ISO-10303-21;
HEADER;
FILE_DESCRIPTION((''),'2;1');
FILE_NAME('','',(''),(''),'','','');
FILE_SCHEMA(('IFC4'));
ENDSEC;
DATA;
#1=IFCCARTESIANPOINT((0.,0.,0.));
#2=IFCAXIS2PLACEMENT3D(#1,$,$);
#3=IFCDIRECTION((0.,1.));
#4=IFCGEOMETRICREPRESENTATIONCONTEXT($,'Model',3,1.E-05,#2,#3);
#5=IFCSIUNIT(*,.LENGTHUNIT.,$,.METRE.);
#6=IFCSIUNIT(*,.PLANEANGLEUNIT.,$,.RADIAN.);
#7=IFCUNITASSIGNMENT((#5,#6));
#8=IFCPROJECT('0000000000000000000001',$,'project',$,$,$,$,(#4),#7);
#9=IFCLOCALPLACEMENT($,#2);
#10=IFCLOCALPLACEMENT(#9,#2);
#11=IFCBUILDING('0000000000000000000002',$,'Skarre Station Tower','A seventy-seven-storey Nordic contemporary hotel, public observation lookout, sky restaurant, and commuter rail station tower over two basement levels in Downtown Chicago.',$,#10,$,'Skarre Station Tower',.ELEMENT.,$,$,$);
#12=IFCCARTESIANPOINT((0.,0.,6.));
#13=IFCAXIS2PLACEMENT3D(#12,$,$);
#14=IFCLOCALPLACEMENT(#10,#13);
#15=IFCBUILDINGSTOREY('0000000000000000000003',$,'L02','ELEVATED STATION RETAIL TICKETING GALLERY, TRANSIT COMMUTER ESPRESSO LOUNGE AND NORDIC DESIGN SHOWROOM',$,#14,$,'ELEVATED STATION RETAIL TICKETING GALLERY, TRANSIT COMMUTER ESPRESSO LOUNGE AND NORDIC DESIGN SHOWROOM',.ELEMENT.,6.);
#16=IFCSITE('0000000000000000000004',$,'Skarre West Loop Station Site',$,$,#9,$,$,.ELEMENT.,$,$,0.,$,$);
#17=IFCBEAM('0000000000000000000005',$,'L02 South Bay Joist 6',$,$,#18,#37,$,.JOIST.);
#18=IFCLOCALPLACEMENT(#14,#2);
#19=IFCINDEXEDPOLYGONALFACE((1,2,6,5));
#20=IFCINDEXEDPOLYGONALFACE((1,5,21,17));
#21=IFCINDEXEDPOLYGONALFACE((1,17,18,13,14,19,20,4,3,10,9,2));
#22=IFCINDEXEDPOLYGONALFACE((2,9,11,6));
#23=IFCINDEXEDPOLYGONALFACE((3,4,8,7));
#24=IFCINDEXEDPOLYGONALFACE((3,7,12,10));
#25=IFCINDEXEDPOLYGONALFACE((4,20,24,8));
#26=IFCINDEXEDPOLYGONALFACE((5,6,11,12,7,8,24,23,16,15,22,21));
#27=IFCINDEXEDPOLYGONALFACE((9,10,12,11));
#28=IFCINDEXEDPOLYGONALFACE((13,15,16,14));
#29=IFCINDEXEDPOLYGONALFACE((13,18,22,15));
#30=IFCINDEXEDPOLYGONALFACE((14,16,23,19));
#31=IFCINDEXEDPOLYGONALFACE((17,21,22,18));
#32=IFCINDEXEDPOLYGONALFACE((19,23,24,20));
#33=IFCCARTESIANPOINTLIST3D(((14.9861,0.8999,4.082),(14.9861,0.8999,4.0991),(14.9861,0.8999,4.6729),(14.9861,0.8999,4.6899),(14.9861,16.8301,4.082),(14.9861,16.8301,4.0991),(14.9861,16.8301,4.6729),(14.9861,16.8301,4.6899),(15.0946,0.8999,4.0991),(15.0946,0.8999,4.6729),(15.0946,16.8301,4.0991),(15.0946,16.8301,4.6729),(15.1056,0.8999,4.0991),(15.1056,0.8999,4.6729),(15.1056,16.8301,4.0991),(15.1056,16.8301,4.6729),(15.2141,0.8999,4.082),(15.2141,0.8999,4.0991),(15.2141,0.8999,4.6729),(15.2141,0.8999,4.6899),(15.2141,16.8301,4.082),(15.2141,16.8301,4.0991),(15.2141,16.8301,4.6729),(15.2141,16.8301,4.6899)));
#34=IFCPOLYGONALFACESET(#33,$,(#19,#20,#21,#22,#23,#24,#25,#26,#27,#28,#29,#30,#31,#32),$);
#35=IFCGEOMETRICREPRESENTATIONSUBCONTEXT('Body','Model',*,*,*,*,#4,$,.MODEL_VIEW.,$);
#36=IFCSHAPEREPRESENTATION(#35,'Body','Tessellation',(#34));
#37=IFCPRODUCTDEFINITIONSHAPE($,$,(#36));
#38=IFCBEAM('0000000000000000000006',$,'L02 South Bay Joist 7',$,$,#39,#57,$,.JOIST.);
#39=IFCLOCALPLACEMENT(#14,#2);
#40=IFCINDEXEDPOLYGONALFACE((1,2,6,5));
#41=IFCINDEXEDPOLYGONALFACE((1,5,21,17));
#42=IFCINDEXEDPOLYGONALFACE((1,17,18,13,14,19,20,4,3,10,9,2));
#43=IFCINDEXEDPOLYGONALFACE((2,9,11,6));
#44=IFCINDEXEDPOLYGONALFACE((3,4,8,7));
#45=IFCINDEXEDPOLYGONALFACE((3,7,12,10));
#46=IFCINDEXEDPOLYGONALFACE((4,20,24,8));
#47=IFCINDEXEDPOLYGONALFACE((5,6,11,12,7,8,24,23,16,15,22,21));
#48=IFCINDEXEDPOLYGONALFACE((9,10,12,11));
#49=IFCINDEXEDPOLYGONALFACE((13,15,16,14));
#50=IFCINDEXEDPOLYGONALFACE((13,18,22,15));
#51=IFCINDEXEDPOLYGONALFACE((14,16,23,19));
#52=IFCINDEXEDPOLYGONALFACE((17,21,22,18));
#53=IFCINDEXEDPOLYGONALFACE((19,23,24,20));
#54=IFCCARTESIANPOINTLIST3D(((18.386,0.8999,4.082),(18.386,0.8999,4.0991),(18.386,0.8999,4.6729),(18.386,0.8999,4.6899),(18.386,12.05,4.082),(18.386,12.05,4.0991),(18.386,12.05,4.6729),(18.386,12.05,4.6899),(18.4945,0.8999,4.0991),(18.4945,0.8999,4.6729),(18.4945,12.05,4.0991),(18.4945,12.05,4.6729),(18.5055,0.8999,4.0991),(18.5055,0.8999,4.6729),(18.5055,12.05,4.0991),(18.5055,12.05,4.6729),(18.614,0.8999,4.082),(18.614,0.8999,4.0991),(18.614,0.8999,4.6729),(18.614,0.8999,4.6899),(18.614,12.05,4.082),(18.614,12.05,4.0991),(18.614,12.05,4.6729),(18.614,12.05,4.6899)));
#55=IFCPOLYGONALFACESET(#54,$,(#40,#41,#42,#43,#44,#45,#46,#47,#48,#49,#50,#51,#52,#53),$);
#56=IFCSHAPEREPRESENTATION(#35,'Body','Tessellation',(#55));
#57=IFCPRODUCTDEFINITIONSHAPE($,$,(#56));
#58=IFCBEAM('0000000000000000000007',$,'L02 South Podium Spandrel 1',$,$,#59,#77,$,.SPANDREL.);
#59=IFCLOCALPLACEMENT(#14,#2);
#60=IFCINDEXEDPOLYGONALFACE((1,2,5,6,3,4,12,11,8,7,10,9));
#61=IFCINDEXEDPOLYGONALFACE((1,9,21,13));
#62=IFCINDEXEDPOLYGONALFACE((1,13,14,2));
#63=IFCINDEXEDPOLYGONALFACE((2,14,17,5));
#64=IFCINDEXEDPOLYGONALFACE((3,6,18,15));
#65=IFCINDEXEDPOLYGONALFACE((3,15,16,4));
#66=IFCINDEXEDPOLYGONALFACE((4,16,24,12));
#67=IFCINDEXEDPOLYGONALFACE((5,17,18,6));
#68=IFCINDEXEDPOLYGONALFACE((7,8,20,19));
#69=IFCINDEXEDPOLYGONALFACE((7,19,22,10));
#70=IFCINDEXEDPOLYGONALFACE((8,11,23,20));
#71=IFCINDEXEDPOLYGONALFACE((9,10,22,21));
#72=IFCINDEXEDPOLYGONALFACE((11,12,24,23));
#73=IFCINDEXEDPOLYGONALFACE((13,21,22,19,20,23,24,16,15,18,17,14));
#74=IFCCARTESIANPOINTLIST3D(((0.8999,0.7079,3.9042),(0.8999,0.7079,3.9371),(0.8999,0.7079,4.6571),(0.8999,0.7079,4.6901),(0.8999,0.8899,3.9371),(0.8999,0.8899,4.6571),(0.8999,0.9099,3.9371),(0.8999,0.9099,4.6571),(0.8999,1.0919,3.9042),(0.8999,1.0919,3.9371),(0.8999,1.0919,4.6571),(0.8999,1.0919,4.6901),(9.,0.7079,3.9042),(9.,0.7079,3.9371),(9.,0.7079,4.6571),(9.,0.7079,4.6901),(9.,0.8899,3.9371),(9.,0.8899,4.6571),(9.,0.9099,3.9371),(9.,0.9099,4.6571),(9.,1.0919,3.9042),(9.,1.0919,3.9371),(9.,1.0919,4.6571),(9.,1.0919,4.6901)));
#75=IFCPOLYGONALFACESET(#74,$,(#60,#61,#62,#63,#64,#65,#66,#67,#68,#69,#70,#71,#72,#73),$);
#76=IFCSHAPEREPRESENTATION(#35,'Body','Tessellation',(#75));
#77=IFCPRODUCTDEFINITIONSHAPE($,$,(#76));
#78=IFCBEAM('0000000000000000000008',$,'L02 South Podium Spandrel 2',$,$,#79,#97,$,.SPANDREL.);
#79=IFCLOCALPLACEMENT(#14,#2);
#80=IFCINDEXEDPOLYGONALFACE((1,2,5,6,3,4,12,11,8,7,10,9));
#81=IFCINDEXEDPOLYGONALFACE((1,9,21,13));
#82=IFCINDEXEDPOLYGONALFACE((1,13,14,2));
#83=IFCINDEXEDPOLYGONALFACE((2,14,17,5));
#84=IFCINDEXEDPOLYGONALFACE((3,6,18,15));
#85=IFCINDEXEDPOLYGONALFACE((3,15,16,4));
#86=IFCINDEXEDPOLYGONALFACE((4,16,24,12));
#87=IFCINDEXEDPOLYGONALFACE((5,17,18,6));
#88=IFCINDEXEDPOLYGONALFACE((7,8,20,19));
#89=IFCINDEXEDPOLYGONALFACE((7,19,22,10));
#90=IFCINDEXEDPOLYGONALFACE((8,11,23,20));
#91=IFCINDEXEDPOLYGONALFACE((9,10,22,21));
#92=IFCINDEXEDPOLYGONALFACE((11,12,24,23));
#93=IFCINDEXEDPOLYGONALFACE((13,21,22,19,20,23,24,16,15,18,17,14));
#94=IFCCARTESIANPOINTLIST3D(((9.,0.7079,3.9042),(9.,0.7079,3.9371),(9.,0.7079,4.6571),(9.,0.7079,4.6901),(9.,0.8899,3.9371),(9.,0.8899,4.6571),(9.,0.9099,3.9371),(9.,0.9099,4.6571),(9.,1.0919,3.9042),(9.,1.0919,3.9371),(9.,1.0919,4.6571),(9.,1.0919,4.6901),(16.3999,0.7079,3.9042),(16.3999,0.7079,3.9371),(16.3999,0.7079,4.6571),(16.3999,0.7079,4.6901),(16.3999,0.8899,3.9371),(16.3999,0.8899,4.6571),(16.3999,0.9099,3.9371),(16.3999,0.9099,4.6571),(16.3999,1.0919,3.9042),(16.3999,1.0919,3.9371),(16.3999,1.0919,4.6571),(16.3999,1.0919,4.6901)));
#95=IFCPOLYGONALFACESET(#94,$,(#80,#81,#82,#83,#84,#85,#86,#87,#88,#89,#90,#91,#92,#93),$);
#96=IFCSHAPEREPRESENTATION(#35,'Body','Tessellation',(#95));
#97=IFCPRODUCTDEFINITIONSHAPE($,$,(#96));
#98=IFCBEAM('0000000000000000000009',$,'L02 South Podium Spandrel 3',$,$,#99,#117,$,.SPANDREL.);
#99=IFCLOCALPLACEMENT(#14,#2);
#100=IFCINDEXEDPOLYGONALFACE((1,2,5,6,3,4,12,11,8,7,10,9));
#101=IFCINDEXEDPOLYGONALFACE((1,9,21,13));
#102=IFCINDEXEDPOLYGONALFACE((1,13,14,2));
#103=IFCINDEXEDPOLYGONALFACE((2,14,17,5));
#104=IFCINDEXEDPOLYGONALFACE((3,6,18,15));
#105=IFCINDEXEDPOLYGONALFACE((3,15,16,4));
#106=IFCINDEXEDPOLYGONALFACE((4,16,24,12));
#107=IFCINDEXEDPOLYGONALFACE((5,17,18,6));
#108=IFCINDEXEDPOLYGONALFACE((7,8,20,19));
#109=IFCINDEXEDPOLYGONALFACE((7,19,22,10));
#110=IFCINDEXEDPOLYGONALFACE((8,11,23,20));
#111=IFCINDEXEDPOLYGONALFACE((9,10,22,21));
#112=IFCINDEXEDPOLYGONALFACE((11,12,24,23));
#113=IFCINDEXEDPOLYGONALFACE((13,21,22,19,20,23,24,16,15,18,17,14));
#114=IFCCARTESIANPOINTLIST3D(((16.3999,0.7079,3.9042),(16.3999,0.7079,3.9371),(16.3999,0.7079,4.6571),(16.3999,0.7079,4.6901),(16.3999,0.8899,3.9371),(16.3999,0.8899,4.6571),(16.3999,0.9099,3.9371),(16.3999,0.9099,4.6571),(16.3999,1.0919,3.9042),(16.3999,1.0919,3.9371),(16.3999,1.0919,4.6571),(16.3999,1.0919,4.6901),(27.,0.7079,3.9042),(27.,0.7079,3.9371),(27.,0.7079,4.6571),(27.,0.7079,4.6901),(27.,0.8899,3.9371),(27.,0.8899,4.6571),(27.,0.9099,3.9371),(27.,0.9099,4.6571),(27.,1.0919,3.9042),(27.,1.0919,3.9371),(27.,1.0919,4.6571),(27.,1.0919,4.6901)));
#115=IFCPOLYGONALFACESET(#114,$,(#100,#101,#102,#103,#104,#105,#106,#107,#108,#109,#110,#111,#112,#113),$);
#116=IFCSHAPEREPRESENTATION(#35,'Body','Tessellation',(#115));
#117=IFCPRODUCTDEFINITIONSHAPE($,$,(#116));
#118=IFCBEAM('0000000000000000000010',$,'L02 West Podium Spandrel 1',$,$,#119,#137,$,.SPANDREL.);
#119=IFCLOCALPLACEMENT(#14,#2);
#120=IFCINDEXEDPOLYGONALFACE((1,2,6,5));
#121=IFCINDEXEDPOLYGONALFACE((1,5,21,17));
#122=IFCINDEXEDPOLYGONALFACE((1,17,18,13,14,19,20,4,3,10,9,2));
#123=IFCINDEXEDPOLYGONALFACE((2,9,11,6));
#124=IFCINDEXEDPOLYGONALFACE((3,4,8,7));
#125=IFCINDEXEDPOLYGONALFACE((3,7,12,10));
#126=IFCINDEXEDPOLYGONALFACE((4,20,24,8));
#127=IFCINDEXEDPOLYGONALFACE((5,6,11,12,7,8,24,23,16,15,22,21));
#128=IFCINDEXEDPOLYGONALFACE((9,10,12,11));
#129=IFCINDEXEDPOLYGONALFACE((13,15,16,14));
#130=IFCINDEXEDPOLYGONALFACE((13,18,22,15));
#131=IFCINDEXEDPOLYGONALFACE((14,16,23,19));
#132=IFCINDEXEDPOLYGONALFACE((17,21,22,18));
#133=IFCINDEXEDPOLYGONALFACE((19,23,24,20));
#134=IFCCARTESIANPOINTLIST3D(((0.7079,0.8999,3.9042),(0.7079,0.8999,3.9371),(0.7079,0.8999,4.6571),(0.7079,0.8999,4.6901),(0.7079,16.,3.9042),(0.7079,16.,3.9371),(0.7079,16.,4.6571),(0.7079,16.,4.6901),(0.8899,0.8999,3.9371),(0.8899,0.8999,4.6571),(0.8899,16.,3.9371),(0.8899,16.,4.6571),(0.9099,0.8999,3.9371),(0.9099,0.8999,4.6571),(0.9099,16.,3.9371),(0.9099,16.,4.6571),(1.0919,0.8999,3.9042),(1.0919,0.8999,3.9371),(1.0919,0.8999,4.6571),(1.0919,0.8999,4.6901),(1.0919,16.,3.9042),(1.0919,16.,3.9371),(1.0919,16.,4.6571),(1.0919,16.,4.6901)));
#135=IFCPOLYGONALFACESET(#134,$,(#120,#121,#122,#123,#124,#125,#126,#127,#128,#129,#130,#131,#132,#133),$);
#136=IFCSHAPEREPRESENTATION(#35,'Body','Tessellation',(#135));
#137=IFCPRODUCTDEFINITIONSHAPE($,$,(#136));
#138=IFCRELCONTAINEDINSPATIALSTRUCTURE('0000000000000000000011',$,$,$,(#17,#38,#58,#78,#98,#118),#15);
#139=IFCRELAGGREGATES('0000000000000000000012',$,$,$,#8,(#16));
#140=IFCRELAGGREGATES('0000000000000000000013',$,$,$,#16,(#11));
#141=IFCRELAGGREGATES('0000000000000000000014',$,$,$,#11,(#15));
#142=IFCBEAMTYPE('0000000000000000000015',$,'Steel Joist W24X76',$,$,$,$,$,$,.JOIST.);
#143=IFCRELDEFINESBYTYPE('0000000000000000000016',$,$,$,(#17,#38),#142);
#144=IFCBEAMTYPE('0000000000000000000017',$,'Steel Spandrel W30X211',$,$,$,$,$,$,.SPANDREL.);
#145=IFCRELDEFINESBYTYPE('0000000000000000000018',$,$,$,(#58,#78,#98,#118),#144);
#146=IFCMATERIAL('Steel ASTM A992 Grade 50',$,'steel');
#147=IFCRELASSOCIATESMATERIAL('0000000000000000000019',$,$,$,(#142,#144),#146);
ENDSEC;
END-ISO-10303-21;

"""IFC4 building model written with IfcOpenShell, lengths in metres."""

from ifc_helpers import new_model, si_unit, direction, frame, origin, origin_2d, place, context, subcontext, project, spatial, i_section, extrude, material, material_profile, profile_set, type_object, element, save


model = new_model("IFC4")

# Units and contexts
model_context = context("Model", 3, precision=1e-05, world=origin(), true_north=direction((0.0, 1.0)))
body_context = subcontext(model_context, "Body", "Model", "MODEL_VIEW")
ifc_project = project(units=[si_unit("LENGTHUNIT", "METRE"), si_unit("PLANEANGLEUNIT", "RADIAN")], contexts=[model_context])

# Site, building, storey
site_placement = place(None, origin())
site = spatial("IfcSite", under=ifc_project, at=site_placement, Name="Skarre West Loop Station Site", CompositionType="ELEMENT", RefElevation=0.0)
building_placement = place(site_placement, origin())
building = spatial("IfcBuilding", under=site, at=building_placement, Name="Skarre Station Tower", Description="A seventy-seven-storey Nordic contemporary hotel, public observation lookout, sky restaurant, and commuter rail station tower over two basement levels in Downtown Chicago.", LongName="Skarre Station Tower", CompositionType="ELEMENT")
storey_placement = place(building_placement, frame((0.0, 0.0, 6.0)))
storey = spatial("IfcBuildingStorey", under=building, at=storey_placement, Name="L02", Description="ELEVATED STATION RETAIL TICKETING GALLERY, TRANSIT COMMUTER ESPRESSO LOUNGE AND NORDIC DESIGN SHOWROOM", LongName="ELEVATED STATION RETAIL TICKETING GALLERY, TRANSIT COMMUTER ESPRESSO LOUNGE AND NORDIC DESIGN SHOWROOM", CompositionType="ELEMENT", Elevation=6.0)

# Beams
ifc_material_1 = material(Name="Steel ASTM A992 Grade 50", Category="steel")
ifc_material_profile_1 = material_profile(ifc_material_1, i_section(OverallWidth=0.228, OverallDepth=0.6079, WebThickness=0.011, FlangeThickness=0.0171, at=origin_2d()), Name="Steel ASTM A992 Grade 50")
ifc_profile_set_1 = profile_set([ifc_material_profile_1], Name="Steel ASTM A992 Grade 50")
beam_type_1 = type_object("IfcBeamType", Name="Steel Joist W24X76", PredefinedType="JOIST", material=ifc_profile_set_1)
beam_1_placement = place(storey_placement, frame((15.1001, 0.8999, 4.386), z_axis=(0.0, 1.0, 0.0), x_axis=(-1.0, 0.0, 0.0)))
element("IfcBeam", 1, at=beam_1_placement, inside=storey, type_object=beam_type_1, Name="L02 South Bay Joist 6", PredefinedType="JOIST", context=body_context, shape_type="SweptSolid", body=[
    extrude(i_section(OverallWidth=0.228, OverallDepth=0.6079, WebThickness=0.011, FlangeThickness=0.0171, at=origin_2d()), origin(), (0.0, 0.0, 1.0), 15.9302),
])
beam_2_placement = place(storey_placement, frame((18.5, 0.8999, 4.386), z_axis=(0.0, 1.0, 0.0), x_axis=(-1.0, 0.0, 0.0)))
element("IfcBeam", 2, at=beam_2_placement, inside=storey, type_object=beam_type_1, Name="L02 South Bay Joist 7", PredefinedType="JOIST", context=body_context, shape_type="SweptSolid", body=[
    extrude(i_section(OverallWidth=0.228, OverallDepth=0.6079, WebThickness=0.011, FlangeThickness=0.0171, at=origin_2d()), origin(), (0.0, 0.0, 1.0), 11.1501),
])
ifc_material_profile_2 = material_profile(ifc_material_1, i_section(OverallWidth=0.384, OverallDepth=0.7859, WebThickness=0.02, FlangeThickness=0.033, at=origin_2d()), Name="Steel ASTM A992 Grade 50")
ifc_profile_set_2 = profile_set([ifc_material_profile_2], Name="Steel ASTM A992 Grade 50")
beam_type_2 = type_object("IfcBeamType", Name="Steel Spandrel W30X211", PredefinedType="SPANDREL", material=ifc_profile_set_2)
beam_3_placement = place(storey_placement, frame((0.8999, 0.8999, 4.2971), z_axis=(1.0, 0.0, 0.0), x_axis=(0.0, 1.0, 0.0)))
element("IfcBeam", 3, at=beam_3_placement, inside=storey, type_object=beam_type_2, Name="L02 South Podium Spandrel 1", PredefinedType="SPANDREL", context=body_context, shape_type="SweptSolid", body=[
    extrude(i_section(OverallWidth=0.384, OverallDepth=0.7859, WebThickness=0.02, FlangeThickness=0.033, at=origin_2d()), origin(), (0.0, 0.0, 1.0), 8.1001),
])
beam_4_placement = place(storey_placement, frame((9.0, 0.8999, 4.2971), z_axis=(1.0, 0.0, 0.0), x_axis=(0.0, 1.0, 0.0)))
element("IfcBeam", 4, at=beam_4_placement, inside=storey, type_object=beam_type_2, Name="L02 South Podium Spandrel 2", PredefinedType="SPANDREL", context=body_context, shape_type="SweptSolid", body=[
    extrude(i_section(OverallWidth=0.384, OverallDepth=0.7859, WebThickness=0.02, FlangeThickness=0.033, at=origin_2d()), origin(), (0.0, 0.0, 1.0), 7.3999),
])
beam_5_placement = place(storey_placement, frame((16.3999, 0.8999, 4.2971), z_axis=(1.0, 0.0, 0.0), x_axis=(0.0, 1.0, 0.0)))
element("IfcBeam", 5, at=beam_5_placement, inside=storey, type_object=beam_type_2, Name="L02 South Podium Spandrel 3", PredefinedType="SPANDREL", context=body_context, shape_type="SweptSolid", body=[
    extrude(i_section(OverallWidth=0.384, OverallDepth=0.7859, WebThickness=0.02, FlangeThickness=0.033, at=origin_2d()), origin(), (0.0, 0.0, 1.0), 10.6001),
])
beam_6_placement = place(storey_placement, frame((0.8999, 0.8999, 4.2971), z_axis=(0.0, 1.0, 0.0), x_axis=(-1.0, 0.0, 0.0)))
element("IfcBeam", 6, at=beam_6_placement, inside=storey, type_object=beam_type_2, Name="L02 West Podium Spandrel 1", PredefinedType="SPANDREL", context=body_context, shape_type="SweptSolid", body=[
    extrude(i_section(OverallWidth=0.384, OverallDepth=0.7859, WebThickness=0.02, FlangeThickness=0.033, at=origin_2d()), origin(), (0.0, 0.0, 1.0), 15.1001),
])

save(model, "model.ifc")
